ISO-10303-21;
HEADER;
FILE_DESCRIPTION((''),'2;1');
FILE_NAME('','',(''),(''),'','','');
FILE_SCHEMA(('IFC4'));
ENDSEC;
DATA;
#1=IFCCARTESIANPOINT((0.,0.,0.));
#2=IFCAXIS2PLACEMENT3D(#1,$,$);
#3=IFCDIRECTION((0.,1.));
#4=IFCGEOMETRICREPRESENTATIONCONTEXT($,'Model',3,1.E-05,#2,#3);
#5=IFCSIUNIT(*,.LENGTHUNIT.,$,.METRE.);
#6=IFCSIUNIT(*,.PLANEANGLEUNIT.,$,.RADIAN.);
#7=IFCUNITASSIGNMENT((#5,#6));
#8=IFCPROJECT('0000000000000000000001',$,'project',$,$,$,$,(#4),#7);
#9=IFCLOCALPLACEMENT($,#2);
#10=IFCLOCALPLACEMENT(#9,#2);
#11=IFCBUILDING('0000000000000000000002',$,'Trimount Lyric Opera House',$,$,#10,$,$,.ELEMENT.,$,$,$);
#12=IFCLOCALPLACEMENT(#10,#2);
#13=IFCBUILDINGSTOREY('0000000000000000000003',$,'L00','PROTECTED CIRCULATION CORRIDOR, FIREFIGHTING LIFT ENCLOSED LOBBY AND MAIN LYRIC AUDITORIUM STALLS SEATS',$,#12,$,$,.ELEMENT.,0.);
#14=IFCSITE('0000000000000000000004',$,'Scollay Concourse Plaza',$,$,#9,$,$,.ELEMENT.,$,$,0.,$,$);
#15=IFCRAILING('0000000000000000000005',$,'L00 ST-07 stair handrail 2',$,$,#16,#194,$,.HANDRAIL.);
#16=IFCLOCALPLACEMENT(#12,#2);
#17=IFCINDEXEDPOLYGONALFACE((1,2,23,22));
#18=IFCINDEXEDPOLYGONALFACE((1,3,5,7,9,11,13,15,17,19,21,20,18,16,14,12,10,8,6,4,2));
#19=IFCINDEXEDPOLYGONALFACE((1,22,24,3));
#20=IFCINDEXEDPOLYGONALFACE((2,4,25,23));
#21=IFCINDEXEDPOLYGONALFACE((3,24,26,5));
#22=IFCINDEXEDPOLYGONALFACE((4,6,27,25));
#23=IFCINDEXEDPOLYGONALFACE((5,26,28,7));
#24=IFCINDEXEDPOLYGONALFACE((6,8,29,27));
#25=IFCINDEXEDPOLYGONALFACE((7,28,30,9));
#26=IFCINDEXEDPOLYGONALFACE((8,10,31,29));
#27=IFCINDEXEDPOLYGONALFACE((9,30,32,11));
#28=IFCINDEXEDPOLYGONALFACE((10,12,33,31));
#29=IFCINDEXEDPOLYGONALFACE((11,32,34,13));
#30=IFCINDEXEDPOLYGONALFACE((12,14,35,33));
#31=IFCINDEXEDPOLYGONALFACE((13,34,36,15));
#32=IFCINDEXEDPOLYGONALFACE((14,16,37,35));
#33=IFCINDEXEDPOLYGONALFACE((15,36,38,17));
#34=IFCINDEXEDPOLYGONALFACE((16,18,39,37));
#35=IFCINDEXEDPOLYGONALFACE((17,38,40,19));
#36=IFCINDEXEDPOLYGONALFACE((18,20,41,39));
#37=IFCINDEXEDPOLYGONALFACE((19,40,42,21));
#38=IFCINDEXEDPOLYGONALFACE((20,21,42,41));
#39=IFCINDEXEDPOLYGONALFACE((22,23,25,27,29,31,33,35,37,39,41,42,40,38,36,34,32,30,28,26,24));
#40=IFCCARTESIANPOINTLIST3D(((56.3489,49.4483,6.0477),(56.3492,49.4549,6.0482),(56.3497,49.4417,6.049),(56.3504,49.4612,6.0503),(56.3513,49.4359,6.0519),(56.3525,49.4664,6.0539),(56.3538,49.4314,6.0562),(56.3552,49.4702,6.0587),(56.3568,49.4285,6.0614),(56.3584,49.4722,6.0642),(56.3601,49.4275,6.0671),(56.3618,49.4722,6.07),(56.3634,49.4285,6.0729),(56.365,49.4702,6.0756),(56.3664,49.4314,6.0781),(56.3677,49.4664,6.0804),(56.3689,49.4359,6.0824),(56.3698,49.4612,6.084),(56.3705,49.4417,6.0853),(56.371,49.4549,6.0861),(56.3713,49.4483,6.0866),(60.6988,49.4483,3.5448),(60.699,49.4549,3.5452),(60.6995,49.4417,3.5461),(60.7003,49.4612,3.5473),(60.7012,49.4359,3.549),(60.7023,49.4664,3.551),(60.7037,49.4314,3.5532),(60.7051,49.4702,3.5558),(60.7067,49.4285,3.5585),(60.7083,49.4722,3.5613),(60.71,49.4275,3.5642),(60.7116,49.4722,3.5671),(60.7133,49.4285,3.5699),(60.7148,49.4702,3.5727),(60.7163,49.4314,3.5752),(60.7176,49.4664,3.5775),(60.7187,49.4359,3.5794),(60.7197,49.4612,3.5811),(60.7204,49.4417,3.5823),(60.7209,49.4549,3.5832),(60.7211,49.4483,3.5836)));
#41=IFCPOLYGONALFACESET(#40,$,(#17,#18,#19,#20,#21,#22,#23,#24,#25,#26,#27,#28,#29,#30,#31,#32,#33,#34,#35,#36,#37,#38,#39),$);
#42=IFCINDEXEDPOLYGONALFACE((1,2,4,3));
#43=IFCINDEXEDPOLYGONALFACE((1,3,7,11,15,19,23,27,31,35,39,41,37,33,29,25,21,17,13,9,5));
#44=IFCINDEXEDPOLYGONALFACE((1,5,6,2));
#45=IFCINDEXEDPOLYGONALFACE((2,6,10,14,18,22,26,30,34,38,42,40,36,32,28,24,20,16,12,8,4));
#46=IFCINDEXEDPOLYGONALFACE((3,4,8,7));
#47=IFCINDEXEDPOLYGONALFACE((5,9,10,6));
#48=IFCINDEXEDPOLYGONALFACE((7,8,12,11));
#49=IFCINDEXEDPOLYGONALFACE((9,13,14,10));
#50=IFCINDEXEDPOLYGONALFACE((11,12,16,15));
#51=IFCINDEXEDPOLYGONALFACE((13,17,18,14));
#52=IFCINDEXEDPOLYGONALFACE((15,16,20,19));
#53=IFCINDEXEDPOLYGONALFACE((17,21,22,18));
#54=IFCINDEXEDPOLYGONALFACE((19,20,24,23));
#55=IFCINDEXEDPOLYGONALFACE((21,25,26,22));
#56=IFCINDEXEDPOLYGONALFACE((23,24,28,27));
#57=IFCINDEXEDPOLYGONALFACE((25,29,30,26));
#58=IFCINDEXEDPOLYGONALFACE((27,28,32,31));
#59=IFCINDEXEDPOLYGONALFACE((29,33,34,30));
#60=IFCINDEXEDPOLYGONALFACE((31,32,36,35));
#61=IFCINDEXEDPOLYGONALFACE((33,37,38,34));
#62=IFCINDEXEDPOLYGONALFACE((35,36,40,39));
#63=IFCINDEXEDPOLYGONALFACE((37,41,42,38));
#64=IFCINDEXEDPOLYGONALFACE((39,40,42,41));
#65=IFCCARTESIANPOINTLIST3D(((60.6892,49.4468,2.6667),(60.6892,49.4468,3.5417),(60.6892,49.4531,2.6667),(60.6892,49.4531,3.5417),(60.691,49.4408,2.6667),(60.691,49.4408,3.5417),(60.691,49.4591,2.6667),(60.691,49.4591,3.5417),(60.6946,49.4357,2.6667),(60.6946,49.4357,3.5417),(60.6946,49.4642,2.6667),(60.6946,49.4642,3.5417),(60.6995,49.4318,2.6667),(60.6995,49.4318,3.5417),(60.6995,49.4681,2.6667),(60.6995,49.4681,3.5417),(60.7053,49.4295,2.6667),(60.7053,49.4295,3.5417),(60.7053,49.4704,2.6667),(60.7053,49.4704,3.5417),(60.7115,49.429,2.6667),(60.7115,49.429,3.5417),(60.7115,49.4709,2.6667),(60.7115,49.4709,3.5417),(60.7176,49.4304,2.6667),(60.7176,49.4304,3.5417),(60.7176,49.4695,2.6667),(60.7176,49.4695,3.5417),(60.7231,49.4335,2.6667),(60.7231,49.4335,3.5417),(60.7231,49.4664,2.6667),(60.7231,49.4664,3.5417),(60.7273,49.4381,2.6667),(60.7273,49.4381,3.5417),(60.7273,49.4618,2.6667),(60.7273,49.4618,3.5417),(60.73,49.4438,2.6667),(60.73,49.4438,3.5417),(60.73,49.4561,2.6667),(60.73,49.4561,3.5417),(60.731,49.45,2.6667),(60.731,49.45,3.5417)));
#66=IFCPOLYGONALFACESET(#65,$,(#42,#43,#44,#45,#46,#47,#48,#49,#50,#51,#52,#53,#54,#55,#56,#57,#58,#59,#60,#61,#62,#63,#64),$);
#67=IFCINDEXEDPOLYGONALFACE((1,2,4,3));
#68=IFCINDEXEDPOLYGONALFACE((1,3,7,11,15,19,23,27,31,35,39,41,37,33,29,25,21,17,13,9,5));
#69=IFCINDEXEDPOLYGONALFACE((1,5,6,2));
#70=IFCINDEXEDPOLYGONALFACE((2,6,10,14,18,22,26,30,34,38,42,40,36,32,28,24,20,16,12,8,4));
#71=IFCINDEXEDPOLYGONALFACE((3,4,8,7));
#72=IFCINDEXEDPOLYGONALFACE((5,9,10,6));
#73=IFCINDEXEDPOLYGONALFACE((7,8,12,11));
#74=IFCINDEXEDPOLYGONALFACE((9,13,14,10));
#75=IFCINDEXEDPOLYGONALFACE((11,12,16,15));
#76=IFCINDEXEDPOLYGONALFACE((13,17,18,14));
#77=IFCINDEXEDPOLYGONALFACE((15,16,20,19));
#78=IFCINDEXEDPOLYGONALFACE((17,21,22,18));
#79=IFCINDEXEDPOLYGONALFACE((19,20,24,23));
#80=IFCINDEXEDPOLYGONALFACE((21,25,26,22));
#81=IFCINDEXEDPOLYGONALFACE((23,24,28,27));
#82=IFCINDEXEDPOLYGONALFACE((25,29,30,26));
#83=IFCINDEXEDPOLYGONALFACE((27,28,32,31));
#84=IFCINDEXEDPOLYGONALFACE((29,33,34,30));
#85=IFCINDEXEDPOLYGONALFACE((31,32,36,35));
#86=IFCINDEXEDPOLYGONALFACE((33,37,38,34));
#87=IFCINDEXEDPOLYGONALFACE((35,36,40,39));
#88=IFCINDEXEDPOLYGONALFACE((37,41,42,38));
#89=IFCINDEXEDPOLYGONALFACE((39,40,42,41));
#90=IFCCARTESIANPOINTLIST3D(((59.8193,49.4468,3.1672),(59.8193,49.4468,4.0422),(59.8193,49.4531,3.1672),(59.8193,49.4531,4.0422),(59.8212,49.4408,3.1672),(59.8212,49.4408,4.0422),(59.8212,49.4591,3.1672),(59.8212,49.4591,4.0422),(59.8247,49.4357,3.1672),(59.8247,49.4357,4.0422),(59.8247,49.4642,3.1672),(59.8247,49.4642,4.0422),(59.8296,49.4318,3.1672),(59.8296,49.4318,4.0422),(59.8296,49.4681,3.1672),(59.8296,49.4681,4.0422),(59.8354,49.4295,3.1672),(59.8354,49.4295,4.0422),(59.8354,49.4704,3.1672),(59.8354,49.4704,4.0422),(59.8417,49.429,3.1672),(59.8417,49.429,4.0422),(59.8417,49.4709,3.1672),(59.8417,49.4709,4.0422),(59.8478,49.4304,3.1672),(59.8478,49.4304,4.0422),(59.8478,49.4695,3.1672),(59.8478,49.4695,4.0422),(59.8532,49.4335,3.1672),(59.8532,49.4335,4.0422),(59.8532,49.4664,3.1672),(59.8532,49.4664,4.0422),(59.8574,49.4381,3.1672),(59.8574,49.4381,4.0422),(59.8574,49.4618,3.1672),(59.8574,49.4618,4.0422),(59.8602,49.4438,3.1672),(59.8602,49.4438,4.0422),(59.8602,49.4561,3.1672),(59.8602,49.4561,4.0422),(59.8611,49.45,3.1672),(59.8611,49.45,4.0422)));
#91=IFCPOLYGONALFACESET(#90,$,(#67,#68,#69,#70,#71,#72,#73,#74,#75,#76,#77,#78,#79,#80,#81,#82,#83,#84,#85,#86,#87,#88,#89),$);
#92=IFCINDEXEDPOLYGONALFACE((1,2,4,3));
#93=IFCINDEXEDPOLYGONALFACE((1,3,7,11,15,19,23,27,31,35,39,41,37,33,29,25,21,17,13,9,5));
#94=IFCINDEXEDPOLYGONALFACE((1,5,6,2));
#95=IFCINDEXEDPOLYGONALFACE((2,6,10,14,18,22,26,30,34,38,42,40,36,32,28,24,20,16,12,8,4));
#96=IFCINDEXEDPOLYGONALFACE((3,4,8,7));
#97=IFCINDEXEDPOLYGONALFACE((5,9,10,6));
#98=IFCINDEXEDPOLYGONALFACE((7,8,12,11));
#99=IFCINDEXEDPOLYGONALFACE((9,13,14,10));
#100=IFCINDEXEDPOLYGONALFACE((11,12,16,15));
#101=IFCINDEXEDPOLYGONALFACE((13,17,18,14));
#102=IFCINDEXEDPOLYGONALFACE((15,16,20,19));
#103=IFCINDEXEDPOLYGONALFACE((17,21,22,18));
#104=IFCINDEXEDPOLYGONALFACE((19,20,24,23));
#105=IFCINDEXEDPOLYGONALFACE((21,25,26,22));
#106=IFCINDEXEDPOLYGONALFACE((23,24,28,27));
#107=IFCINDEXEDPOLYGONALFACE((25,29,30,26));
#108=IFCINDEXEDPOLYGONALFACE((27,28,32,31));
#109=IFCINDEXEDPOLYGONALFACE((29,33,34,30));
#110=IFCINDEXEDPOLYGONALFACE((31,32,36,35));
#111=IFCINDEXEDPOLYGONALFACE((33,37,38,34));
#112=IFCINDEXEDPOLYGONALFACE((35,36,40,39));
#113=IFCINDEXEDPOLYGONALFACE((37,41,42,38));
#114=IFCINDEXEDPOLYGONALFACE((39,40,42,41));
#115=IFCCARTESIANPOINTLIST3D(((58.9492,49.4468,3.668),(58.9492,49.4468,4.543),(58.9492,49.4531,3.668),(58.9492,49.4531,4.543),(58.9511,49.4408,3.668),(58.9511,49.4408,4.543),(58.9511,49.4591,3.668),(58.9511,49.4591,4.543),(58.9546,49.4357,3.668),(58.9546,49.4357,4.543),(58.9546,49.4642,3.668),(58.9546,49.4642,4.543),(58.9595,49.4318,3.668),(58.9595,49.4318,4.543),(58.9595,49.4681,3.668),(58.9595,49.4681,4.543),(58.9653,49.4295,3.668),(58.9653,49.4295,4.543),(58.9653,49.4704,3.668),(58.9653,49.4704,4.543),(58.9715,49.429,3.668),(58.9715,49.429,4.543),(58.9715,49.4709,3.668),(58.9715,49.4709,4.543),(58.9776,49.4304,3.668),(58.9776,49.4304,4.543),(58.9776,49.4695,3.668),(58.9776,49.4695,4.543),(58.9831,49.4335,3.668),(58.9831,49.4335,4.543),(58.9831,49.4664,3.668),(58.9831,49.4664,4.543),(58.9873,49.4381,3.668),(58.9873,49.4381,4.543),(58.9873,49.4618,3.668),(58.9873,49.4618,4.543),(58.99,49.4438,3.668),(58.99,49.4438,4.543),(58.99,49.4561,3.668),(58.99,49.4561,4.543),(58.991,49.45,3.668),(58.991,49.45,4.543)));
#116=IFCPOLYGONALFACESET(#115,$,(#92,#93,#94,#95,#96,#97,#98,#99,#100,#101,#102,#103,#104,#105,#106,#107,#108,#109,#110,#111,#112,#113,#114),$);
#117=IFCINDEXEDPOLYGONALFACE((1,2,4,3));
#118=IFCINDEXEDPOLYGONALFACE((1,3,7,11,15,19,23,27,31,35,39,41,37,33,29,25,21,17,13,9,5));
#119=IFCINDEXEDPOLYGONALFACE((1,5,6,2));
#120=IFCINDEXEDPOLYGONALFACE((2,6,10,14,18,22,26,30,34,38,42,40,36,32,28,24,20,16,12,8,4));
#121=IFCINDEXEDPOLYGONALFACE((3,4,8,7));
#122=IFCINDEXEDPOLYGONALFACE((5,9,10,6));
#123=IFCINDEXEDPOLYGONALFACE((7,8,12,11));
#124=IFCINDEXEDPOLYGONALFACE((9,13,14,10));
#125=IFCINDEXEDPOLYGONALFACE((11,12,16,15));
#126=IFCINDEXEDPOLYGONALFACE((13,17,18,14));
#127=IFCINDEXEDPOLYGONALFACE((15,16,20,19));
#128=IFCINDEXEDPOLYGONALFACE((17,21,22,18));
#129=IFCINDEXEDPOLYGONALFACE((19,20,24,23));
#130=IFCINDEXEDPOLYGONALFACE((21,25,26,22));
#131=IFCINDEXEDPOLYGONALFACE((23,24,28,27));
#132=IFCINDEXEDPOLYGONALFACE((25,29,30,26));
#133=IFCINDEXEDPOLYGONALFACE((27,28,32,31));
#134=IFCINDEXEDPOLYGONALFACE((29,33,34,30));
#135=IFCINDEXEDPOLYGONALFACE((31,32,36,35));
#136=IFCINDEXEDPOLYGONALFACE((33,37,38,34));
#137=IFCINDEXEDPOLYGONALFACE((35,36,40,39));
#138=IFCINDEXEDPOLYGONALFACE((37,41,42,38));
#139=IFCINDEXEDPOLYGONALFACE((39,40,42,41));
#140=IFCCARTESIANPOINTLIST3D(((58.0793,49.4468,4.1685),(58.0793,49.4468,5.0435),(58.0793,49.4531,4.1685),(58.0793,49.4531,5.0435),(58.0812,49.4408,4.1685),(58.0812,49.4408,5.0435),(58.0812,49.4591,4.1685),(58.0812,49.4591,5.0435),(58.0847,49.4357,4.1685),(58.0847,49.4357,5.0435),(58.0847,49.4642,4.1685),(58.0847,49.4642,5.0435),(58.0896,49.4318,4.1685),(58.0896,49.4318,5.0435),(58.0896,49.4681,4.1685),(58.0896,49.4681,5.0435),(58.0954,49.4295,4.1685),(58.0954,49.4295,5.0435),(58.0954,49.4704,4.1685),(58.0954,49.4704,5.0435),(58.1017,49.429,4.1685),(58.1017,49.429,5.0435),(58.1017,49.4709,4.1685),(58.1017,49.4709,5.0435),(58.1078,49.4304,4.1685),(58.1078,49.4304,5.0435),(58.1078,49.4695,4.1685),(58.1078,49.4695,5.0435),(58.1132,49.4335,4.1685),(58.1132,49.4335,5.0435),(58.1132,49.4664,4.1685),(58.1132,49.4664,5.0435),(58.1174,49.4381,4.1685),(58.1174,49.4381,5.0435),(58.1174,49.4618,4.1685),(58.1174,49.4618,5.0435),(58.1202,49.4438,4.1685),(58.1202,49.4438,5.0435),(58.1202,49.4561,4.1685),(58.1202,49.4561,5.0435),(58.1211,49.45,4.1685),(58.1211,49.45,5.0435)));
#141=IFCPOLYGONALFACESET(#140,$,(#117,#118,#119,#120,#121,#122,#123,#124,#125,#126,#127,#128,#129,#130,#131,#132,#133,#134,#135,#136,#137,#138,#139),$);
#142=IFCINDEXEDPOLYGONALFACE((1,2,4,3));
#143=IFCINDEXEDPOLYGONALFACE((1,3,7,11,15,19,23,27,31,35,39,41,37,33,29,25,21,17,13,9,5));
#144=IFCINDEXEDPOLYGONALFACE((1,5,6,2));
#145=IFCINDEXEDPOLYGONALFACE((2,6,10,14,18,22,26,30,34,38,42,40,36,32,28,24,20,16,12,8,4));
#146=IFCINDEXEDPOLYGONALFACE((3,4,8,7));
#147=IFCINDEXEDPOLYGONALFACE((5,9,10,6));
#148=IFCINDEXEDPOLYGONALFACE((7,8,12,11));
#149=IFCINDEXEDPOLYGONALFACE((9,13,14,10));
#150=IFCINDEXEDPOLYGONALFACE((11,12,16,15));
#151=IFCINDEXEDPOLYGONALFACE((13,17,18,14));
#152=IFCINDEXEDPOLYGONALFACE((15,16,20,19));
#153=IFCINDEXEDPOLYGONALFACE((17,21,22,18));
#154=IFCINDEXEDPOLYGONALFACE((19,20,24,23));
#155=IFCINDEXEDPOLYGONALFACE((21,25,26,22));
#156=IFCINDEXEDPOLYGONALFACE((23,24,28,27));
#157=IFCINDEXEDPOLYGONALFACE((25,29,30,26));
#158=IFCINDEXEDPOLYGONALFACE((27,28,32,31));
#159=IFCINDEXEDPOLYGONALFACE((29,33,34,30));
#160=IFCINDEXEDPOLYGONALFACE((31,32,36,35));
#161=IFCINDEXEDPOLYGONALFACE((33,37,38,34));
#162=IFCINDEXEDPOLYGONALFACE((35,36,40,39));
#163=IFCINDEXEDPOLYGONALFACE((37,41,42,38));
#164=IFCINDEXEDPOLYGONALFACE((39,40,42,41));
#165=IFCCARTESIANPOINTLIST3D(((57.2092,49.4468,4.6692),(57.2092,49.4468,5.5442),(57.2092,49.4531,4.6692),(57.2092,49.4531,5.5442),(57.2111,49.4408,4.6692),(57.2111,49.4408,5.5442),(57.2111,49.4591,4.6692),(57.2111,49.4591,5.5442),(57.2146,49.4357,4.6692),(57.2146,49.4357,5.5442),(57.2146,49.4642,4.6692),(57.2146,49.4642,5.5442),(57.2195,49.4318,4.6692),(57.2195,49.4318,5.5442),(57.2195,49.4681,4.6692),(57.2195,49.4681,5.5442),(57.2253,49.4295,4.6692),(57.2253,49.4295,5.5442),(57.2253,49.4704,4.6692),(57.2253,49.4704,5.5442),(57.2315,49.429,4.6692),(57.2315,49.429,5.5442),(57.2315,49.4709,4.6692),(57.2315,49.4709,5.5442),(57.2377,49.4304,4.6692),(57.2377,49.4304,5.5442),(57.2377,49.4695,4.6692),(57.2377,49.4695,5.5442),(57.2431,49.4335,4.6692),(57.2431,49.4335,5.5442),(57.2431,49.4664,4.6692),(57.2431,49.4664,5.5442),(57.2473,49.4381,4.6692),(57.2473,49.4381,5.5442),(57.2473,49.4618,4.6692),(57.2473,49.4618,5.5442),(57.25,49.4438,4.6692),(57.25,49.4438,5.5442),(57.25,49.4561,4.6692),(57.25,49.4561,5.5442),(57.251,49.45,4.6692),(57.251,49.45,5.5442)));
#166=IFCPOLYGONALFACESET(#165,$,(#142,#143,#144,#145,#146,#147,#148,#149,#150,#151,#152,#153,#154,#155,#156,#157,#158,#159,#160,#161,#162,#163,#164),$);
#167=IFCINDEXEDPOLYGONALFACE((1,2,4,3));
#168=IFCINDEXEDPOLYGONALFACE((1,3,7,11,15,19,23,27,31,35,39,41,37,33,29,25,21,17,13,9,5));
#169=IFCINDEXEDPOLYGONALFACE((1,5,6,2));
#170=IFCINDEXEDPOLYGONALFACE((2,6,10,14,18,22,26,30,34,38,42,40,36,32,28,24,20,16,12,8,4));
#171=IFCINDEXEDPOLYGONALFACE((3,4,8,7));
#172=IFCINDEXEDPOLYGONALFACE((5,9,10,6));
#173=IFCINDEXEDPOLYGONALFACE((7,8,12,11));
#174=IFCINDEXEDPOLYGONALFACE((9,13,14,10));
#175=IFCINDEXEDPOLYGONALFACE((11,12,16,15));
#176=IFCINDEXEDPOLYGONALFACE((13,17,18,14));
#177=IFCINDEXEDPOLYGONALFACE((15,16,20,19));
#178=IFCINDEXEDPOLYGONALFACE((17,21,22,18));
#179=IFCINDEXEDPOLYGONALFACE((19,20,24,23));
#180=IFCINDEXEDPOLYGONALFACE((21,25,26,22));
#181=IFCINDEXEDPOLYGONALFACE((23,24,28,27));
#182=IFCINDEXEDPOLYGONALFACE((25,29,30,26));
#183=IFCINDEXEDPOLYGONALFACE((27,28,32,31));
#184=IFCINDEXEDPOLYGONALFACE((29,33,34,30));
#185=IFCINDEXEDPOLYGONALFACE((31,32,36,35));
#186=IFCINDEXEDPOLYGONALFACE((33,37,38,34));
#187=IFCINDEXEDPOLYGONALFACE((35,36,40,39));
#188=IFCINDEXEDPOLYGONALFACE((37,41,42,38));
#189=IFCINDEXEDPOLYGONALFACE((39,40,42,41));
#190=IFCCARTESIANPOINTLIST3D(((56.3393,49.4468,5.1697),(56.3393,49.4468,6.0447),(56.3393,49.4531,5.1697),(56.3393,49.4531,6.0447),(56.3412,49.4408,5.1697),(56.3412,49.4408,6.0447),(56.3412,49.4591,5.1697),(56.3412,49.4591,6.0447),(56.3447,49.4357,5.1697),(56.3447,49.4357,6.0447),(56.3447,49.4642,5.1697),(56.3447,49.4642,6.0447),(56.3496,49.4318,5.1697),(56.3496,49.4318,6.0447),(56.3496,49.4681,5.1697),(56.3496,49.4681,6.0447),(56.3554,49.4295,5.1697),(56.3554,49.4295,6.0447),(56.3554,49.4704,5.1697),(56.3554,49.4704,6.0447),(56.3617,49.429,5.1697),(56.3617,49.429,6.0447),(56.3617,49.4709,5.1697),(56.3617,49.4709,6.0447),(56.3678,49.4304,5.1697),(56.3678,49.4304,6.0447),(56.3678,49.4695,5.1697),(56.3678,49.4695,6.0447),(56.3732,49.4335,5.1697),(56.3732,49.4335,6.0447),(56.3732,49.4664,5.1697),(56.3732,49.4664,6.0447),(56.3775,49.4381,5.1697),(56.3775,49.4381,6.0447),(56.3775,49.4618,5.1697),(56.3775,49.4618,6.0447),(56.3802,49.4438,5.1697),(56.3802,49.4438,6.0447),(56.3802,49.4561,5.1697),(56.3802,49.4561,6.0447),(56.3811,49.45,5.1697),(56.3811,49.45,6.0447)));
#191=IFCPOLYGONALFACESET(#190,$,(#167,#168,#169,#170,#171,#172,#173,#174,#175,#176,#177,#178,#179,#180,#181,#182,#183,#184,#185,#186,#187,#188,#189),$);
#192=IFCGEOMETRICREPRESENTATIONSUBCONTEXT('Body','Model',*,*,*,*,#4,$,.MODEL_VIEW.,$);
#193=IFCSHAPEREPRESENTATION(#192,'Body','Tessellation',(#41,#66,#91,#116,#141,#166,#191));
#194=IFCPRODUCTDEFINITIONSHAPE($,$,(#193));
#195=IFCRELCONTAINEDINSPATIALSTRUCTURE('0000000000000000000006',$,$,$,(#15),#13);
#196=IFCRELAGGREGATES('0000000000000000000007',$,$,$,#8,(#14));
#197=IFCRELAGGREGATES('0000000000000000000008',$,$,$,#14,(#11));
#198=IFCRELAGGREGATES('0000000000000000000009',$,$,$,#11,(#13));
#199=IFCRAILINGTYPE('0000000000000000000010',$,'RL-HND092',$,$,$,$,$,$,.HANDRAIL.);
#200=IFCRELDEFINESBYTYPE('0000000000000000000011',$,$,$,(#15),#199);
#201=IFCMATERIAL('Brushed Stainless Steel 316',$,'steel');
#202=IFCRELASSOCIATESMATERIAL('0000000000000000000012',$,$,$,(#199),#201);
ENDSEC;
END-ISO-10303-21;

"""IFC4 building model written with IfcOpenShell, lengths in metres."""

from ifc_helpers import new_model, si_unit, direction, frame, origin, origin_2d, place, context, subcontext, project, spatial, circle, extrude, material, type_object, element, save


model = new_model("IFC4")

# Units and contexts
model_context = context("Model", 3, precision=1e-05, world=origin(), true_north=direction((0.0, 1.0)))
body_context = subcontext(model_context, "Body", "Model", "MODEL_VIEW")
ifc_project = project(units=[si_unit("LENGTHUNIT", "METRE"), si_unit("PLANEANGLEUNIT", "RADIAN")], contexts=[model_context])

# Site, building, storey
site_placement = place(None, origin())
site = spatial("IfcSite", under=ifc_project, at=site_placement, Name="Scollay Concourse Plaza", CompositionType="ELEMENT", RefElevation=0.0)
building_placement = place(site_placement, origin())
building = spatial("IfcBuilding", under=site, at=building_placement, Name="Trimount Lyric Opera House", CompositionType="ELEMENT")
storey_placement = place(building_placement, origin())
storey = spatial("IfcBuildingStorey", under=building, at=storey_placement, Name="L00", Description="PROTECTED CIRCULATION CORRIDOR, FIREFIGHTING LIFT ENCLOSED LOBBY AND MAIN LYRIC AUDITORIUM STALLS SEATS", CompositionType="ELEMENT", Elevation=0.0)

# Railing
ifc_material_1 = material(Name="Brushed Stainless Steel 316", Category="steel")
railing_type_1 = type_object("IfcRailingType", Name="RL-HND092", PredefinedType="HANDRAIL", material=ifc_material_1)
railing_1_placement = place(storey_placement, frame((60.71, 49.45, 2.6667)))
element("IfcRailing", 1, at=railing_1_placement, inside=storey, type_object=railing_type_1, Name="L00 ST-07 stair handrail 2", PredefinedType="HANDRAIL", context=body_context, shape_type="SweptSolid", body=[
    extrude(circle(Radius=0.0225, at=origin_2d()), frame((0.0, 0.0, 0.8975), z_axis=(-0.866754, 0.0, 0.498735), x_axis=(0.0, -1.0, 0.0)), (0.0, 0.0, 1.0), 5.0186),
    extrude(circle(Radius=0.021, at=origin_2d()), origin(), (0.0, 0.0, 1.0), 0.875),
    extrude(circle(Radius=0.021, at=origin_2d()), frame((-0.8699, 0.0, 0.5005)), (0.0, 0.0, 1.0), 0.875),
    extrude(circle(Radius=0.021, at=origin_2d()), frame((-1.74, 0.0, 1.0012)), (0.0, 0.0, 1.0), 0.875),
    extrude(circle(Radius=0.021, at=origin_2d()), frame((-2.6099, 0.0, 1.5017)), (0.0, 0.0, 1.0), 0.875),
    extrude(circle(Radius=0.021, at=origin_2d()), frame((-3.48, 0.0, 2.0024)), (0.0, 0.0, 1.0), 0.875),
    extrude(circle(Radius=0.021, at=origin_2d()), frame((-4.3499, 0.0, 2.5029)), (0.0, 0.0, 1.0), 0.875),
])

save(model, "model.ifc")
